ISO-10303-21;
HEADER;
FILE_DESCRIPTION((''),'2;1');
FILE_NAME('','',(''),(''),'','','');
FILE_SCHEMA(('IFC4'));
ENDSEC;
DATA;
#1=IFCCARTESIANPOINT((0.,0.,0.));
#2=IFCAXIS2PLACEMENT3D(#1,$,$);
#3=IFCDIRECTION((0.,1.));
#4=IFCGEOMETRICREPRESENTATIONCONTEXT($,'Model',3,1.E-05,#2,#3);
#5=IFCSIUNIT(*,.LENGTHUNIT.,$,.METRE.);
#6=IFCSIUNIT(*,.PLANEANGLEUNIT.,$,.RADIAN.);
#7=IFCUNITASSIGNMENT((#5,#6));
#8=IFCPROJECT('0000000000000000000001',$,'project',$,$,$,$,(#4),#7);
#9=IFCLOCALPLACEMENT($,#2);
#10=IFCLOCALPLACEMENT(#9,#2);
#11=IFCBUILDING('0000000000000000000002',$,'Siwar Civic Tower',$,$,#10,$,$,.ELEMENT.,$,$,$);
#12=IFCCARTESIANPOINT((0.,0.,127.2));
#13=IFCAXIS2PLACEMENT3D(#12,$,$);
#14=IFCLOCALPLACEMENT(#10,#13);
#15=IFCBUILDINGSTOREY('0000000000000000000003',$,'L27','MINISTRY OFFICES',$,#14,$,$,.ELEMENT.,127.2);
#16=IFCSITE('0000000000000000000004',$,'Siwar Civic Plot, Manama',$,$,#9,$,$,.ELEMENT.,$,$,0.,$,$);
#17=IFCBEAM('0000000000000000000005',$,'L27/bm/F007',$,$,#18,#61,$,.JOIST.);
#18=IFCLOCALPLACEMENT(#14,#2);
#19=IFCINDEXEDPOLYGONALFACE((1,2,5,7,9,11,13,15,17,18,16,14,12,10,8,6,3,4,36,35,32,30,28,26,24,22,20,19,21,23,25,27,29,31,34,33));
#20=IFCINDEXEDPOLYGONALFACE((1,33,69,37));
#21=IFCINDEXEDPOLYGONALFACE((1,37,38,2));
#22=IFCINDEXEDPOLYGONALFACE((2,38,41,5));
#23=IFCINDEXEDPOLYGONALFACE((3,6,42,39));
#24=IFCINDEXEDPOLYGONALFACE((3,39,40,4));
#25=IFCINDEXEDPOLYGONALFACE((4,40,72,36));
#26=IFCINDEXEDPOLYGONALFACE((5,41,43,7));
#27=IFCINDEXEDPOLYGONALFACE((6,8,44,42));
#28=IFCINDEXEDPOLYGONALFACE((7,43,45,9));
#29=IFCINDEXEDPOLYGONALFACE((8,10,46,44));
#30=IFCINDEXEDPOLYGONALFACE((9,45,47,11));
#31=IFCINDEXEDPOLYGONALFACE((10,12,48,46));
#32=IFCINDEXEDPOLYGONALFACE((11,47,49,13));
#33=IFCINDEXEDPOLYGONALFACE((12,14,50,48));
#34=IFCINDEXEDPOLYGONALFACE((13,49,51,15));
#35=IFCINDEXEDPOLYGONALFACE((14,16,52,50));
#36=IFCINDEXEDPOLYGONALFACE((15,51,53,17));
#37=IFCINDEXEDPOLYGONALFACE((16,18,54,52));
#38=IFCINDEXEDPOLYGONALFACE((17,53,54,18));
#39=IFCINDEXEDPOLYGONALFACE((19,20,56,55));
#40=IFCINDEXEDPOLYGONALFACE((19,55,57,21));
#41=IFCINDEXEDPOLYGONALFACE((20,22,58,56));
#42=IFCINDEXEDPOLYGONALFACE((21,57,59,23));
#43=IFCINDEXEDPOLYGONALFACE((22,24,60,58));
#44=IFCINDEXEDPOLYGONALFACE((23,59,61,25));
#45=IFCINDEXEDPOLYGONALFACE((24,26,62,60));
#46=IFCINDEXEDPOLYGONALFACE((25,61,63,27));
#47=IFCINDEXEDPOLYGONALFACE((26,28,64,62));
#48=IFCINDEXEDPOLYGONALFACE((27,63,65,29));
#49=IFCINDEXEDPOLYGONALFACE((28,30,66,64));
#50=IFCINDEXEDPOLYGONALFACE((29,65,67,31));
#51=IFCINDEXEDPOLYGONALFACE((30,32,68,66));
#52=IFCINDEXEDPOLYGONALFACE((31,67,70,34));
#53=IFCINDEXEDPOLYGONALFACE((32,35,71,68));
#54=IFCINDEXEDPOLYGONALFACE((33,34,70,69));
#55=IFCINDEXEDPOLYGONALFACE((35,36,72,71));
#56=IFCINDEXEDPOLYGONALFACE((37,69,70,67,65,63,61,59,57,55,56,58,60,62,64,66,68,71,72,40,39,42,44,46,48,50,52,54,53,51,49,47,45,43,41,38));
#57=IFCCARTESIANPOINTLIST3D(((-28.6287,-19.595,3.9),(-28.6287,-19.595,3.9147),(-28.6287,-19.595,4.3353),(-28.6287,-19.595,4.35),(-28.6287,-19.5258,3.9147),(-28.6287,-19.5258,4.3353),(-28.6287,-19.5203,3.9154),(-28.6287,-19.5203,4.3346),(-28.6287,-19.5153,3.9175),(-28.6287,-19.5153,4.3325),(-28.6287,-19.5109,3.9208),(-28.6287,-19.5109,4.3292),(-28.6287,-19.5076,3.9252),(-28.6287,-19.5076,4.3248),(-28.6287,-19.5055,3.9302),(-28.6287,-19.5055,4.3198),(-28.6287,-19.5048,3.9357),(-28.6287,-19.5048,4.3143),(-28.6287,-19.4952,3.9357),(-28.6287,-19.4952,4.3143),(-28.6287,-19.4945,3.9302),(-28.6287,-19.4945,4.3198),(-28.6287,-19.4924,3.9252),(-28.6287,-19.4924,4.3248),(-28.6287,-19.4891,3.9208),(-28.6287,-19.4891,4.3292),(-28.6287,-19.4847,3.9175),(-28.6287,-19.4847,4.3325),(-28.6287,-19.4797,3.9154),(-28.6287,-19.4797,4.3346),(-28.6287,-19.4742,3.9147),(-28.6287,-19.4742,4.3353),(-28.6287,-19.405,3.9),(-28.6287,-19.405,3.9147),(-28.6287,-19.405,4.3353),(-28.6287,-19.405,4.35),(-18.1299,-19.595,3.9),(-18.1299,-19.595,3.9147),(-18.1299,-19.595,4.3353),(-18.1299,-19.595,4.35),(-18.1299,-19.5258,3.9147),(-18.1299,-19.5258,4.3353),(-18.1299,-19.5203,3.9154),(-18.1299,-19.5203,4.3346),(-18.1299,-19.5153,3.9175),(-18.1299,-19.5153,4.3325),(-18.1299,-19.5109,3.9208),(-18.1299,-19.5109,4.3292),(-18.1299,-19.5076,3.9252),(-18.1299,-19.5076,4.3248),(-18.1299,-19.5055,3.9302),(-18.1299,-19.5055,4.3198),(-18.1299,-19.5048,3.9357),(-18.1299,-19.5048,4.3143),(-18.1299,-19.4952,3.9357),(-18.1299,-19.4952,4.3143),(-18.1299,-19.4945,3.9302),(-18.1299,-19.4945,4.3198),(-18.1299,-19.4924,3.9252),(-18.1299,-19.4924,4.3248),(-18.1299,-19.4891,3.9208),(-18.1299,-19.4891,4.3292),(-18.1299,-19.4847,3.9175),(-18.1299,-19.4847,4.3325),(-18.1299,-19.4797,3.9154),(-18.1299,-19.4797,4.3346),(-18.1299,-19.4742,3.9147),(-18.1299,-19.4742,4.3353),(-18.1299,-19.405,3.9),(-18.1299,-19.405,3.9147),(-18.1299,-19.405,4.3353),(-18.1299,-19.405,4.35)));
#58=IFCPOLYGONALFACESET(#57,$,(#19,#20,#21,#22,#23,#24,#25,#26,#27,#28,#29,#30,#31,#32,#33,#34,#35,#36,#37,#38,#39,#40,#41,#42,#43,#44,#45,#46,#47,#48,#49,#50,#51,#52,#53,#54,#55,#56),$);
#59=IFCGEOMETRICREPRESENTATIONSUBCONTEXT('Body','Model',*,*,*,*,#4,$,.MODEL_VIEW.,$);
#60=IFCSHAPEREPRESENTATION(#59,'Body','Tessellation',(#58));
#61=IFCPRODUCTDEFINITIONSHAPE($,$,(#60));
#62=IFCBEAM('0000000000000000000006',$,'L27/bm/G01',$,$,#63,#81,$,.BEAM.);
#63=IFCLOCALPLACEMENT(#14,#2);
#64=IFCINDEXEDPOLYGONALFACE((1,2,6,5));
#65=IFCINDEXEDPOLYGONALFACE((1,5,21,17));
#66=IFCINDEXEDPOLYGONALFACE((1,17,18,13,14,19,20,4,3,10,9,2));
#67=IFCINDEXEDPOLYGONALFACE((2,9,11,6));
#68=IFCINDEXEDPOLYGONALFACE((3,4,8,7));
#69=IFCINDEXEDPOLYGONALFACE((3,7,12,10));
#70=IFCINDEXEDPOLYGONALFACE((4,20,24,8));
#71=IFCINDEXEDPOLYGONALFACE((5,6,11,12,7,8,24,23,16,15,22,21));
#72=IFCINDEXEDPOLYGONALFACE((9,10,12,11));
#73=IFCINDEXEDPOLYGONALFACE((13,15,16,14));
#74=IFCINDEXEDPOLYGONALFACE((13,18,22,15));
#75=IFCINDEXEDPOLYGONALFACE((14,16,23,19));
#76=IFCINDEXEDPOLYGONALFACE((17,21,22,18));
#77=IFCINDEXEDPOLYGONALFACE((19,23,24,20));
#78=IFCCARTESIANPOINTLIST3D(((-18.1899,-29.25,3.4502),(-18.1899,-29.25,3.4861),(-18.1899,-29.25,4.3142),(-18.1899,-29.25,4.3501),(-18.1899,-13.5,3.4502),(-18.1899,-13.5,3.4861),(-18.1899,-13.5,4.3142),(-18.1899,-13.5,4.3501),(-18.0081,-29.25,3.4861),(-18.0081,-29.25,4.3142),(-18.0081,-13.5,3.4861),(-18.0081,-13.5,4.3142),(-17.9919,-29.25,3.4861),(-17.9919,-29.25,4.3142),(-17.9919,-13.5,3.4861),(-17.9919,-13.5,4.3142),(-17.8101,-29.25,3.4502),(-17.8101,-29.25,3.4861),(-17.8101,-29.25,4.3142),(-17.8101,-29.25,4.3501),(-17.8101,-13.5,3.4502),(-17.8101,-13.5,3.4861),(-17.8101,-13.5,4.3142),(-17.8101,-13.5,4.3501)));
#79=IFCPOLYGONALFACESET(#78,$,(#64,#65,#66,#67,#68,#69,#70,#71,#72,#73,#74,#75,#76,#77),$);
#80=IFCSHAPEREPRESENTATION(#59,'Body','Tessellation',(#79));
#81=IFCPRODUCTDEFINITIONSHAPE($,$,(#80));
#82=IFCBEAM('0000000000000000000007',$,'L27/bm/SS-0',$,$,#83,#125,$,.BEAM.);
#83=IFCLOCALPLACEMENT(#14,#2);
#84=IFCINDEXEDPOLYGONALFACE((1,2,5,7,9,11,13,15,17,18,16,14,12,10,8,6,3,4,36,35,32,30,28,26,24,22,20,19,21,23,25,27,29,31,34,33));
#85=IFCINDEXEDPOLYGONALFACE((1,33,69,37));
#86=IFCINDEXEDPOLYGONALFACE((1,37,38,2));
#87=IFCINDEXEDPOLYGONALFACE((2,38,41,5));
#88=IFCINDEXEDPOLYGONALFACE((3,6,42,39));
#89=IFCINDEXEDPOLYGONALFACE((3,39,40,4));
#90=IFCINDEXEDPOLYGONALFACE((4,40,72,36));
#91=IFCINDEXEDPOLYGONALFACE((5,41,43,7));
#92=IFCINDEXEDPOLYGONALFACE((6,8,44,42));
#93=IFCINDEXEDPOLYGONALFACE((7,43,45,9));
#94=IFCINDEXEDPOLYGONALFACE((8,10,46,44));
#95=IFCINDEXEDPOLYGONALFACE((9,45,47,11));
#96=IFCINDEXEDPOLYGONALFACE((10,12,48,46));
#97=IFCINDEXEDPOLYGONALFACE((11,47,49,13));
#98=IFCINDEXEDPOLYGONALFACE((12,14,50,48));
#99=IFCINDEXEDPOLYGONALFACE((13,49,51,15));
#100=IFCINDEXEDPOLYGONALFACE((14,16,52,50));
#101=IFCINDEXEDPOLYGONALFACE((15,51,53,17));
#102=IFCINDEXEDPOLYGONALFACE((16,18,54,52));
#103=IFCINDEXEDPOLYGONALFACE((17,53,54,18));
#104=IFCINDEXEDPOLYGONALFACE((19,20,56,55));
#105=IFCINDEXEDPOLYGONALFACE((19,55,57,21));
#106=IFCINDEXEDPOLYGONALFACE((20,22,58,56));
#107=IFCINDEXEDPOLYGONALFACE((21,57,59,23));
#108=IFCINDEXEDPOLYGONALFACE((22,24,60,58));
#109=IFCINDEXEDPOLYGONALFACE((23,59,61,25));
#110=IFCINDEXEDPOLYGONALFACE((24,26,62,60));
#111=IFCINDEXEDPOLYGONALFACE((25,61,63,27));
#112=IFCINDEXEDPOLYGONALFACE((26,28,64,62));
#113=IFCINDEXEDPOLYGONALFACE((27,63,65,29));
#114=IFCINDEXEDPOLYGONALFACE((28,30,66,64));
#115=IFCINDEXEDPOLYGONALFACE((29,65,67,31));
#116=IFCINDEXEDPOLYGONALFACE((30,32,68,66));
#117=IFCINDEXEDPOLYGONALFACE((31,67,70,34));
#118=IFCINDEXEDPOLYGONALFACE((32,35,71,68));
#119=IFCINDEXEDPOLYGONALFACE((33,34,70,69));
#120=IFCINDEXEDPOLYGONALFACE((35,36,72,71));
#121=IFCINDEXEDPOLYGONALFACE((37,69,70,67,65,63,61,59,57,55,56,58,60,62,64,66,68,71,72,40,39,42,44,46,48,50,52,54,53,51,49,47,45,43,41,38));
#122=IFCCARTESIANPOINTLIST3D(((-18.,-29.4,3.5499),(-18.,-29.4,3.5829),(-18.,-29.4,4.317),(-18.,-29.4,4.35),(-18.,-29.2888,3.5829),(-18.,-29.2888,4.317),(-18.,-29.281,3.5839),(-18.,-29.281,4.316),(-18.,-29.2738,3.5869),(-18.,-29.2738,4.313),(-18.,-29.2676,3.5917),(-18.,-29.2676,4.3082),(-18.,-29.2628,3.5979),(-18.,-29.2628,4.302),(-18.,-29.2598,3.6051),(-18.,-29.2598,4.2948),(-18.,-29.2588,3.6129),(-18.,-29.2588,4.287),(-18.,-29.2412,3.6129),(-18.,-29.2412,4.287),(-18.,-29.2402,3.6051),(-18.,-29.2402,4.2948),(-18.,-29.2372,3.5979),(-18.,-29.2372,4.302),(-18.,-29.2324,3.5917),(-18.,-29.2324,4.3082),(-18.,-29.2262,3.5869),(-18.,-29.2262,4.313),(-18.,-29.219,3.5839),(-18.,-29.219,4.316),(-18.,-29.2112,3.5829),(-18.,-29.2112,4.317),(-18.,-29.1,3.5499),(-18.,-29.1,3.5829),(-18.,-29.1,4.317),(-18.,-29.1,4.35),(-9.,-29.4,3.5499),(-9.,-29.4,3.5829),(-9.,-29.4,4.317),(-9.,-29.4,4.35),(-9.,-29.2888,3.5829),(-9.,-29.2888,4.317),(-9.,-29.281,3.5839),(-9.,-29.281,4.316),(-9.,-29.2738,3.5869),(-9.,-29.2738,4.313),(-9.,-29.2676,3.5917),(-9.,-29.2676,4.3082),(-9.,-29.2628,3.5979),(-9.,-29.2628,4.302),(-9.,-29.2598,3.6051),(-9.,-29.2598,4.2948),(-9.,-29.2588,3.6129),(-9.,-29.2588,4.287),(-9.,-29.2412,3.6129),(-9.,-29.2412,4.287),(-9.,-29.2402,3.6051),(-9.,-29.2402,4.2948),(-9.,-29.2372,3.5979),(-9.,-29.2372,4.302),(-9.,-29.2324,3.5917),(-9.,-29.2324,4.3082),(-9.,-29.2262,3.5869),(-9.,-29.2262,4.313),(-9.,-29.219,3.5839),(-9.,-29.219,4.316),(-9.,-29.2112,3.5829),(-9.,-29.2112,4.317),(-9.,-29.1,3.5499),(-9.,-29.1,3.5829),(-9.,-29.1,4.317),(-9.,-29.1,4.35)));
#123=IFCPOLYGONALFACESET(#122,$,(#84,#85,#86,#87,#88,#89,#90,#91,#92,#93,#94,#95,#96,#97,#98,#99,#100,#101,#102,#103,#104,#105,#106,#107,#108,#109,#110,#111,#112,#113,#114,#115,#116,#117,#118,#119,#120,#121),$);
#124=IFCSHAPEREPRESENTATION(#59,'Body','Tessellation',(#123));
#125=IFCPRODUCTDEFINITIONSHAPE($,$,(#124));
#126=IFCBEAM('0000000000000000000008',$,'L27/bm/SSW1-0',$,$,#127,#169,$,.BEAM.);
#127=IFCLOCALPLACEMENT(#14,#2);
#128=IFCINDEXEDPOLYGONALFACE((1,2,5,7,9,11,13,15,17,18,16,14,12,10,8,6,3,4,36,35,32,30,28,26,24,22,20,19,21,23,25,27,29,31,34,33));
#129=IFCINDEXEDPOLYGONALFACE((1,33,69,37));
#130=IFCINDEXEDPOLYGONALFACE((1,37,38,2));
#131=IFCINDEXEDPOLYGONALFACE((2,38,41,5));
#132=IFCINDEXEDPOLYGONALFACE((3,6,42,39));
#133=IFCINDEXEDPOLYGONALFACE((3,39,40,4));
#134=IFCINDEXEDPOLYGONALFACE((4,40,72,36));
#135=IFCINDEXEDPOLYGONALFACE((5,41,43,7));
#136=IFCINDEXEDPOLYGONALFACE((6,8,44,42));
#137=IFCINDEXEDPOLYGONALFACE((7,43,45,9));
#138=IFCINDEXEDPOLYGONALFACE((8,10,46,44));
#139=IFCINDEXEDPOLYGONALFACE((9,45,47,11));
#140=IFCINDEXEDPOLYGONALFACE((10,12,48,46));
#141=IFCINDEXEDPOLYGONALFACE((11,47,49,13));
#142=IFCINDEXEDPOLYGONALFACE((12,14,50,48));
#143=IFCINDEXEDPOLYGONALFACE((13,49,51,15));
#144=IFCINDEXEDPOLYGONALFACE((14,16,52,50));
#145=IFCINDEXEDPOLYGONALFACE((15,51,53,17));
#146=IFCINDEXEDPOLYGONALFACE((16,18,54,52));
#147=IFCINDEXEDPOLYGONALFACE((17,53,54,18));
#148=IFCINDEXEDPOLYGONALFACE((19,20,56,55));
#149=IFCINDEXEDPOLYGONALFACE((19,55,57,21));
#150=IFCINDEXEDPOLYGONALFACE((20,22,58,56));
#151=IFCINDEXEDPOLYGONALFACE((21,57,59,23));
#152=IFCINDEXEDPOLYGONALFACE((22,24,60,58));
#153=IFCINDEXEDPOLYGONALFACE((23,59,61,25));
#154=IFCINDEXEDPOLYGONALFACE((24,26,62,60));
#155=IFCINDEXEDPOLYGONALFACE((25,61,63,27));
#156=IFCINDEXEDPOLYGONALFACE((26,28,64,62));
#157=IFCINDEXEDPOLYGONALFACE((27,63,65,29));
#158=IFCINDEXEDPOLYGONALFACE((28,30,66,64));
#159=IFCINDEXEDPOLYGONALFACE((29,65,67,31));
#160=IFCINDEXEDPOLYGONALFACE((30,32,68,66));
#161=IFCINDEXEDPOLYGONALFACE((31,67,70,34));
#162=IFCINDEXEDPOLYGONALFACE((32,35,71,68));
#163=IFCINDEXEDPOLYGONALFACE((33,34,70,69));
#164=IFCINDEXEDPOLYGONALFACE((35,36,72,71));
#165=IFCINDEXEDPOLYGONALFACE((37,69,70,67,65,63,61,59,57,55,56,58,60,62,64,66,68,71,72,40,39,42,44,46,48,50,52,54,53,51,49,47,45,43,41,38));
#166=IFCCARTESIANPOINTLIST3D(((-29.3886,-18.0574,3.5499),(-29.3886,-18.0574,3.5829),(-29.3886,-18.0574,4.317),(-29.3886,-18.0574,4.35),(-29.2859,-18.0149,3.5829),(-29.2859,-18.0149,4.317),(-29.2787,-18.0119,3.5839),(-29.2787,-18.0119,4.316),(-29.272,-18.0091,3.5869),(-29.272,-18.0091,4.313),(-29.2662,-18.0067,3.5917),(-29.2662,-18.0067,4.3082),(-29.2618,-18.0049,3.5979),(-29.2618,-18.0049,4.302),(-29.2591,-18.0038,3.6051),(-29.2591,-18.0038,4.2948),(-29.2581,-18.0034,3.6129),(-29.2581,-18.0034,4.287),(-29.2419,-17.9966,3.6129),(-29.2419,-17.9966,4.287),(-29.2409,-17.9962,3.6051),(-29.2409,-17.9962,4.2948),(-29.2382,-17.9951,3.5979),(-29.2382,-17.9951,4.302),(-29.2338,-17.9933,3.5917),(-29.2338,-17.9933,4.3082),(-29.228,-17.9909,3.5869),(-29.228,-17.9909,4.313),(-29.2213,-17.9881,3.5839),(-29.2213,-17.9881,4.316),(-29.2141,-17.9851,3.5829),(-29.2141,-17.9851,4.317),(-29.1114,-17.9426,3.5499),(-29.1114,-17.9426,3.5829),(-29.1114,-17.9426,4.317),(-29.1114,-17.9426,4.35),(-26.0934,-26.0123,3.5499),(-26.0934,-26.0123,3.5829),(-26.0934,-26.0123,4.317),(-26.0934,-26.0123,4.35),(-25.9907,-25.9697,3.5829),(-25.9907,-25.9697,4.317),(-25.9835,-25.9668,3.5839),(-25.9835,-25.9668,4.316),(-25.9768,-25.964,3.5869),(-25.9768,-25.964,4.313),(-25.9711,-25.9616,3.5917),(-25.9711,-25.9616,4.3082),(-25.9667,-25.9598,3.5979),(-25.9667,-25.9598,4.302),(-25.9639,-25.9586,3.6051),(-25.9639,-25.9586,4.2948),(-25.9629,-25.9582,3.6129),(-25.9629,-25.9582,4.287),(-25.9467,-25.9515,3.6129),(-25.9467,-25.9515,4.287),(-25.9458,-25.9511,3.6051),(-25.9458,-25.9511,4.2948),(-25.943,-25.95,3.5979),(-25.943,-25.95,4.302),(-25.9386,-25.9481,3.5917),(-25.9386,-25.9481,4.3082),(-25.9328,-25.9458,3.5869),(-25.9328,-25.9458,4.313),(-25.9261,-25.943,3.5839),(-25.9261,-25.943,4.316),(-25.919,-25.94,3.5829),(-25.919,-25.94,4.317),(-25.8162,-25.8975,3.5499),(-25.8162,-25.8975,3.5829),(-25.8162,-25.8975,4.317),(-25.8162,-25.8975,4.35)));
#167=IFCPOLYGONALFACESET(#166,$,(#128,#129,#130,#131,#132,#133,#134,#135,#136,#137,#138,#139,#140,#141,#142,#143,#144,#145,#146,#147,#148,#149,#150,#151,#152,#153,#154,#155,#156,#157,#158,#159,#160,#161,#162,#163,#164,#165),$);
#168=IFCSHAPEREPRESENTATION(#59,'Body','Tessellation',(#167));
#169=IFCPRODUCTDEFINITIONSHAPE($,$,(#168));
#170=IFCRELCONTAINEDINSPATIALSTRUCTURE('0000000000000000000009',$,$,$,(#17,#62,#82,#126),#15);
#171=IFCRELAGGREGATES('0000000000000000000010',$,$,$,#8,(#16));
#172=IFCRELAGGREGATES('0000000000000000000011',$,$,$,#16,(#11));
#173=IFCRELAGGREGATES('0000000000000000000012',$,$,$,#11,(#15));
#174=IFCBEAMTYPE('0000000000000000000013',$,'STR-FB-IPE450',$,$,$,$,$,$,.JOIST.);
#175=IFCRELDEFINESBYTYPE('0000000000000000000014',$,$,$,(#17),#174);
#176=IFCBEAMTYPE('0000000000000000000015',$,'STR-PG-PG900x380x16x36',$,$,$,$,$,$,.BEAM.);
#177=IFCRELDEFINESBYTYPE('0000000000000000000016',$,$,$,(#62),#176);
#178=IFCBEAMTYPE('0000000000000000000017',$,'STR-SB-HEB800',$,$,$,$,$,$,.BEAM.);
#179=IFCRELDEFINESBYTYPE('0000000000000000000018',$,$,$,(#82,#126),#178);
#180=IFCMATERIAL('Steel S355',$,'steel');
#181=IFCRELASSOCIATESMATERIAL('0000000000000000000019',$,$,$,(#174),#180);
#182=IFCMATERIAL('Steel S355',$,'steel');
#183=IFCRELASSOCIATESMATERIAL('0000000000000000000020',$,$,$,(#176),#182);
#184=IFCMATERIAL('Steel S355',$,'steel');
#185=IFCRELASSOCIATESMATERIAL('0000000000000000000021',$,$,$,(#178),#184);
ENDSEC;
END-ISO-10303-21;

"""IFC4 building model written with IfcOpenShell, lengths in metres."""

from ifc_helpers import new_model, si_unit, direction, frame, origin, origin_2d, place, context, subcontext, project, spatial, i_section, extrude, material, material_profile, profile_set, type_object, element, save


model = new_model("IFC4")

# Units and contexts
model_context = context("Model", 3, precision=1e-05, world=origin(), true_north=direction((0.0, 1.0)))
body_context = subcontext(model_context, "Body", "Model", "MODEL_VIEW")
ifc_project = project(units=[si_unit("LENGTHUNIT", "METRE"), si_unit("PLANEANGLEUNIT", "RADIAN")], contexts=[model_context])

# Site, building, storey
site_placement = place(None, origin())
site = spatial("IfcSite", under=ifc_project, at=site_placement, Name="Siwar Civic Plot, Manama", CompositionType="ELEMENT", RefElevation=0.0)
building_placement = place(site_placement, origin())
building = spatial("IfcBuilding", under=site, at=building_placement, Name="Siwar Civic Tower", CompositionType="ELEMENT")
storey_placement = place(building_placement, frame((0.0, 0.0, 127.2)))
storey = spatial("IfcBuildingStorey", under=building, at=storey_placement, Name="L27", Description="MINISTRY OFFICES", CompositionType="ELEMENT", Elevation=127.2)

# Beams
ifc_material_1 = material(Name="Steel S355", Category="steel")
ifc_material_profile_1 = material_profile(ifc_material_1, i_section(OverallWidth=0.1899, OverallDepth=0.45, WebThickness=0.0095, FlangeThickness=0.0146, FilletRadius=0.021, at=origin_2d()), Name="IPE450")
ifc_profile_set_1 = profile_set([ifc_material_profile_1], Name="Steel S355")
beam_type_1 = type_object("IfcBeamType", Name="STR-FB-IPE450", PredefinedType="JOIST", material=ifc_profile_set_1)
beam_1_placement = place(storey_placement, frame((-28.6287, -19.5, 4.125), z_axis=(1.0, 0.0, 0.0), x_axis=(0.0, 1.0, 0.0)))
element("IfcBeam", 1, at=beam_1_placement, inside=storey, type_object=beam_type_1, Name="L27/bm/F007", PredefinedType="JOIST", context=body_context, shape_type="SweptSolid", body=[
    extrude(i_section(OverallWidth=0.1899, OverallDepth=0.45, WebThickness=0.0095, FlangeThickness=0.0146, FilletRadius=0.021, at=origin_2d()), origin(), (0.0, 0.0, 1.0), 10.4988),
])
ifc_material_2 = material(Name="Steel S355", Category="steel")
ifc_material_profile_2 = material_profile(ifc_material_2, i_section(OverallWidth=0.3799, OverallDepth=0.8999, WebThickness=0.0161, FlangeThickness=0.0359, at=origin_2d()), Name="PG900x380x16x36")
ifc_profile_set_2 = profile_set([ifc_material_profile_2], Name="Steel S355")
beam_type_2 = type_object("IfcBeamType", Name="STR-PG-PG900x380x16x36", PredefinedType="BEAM", material=ifc_profile_set_2)
beam_2_placement = place(storey_placement, frame((-18.0, -29.25, 3.9001), z_axis=(0.0, 1.0, 0.0), x_axis=(-1.0, 0.0, 0.0)))
element("IfcBeam", 2, at=beam_2_placement, inside=storey, type_object=beam_type_2, Name="L27/bm/G01", PredefinedType="BEAM", context=body_context, shape_type="SweptSolid", body=[
    extrude(i_section(OverallWidth=0.3799, OverallDepth=0.8999, WebThickness=0.0161, FlangeThickness=0.0359, at=origin_2d()), origin(), (0.0, 0.0, 1.0), 15.75),
])
ifc_material_3 = material(Name="Steel S355", Category="steel")
ifc_material_profile_3 = material_profile(ifc_material_3, i_section(OverallWidth=0.3, OverallDepth=0.8, WebThickness=0.0176, FlangeThickness=0.033, FilletRadius=0.03, at=origin_2d()), Name="HEB800")
ifc_profile_set_3 = profile_set([ifc_material_profile_3], Name="Steel S355")
beam_type_3 = type_object("IfcBeamType", Name="STR-SB-HEB800", PredefinedType="BEAM", material=ifc_profile_set_3)
beam_3_placement = place(storey_placement, frame((-18.0, -29.25, 3.95), z_axis=(1.0, 0.0, 0.0), x_axis=(0.0, 1.0, 0.0)))
element("IfcBeam", 3, at=beam_3_placement, inside=storey, type_object=beam_type_3, Name="L27/bm/SS-0", PredefinedType="BEAM", context=body_context, shape_type="SweptSolid", body=[
    extrude(i_section(OverallWidth=0.3, OverallDepth=0.8, WebThickness=0.0176, FlangeThickness=0.033, FilletRadius=0.03, at=origin_2d()), origin(), (0.0, 0.0, 1.0), 9.0),
])
for number, where, z_axis, x_axis, name in (
    (4, (-29.25, -18.0, 3.95), (0.3827, -0.923873, 0.0), (0.923873, 0.3827, 0.0), "L27/bm/SSW1-0"),
):
    element("IfcBeam", number, at=place(storey_placement, frame(where, z_axis=z_axis, x_axis=x_axis)), inside=storey, type_object=beam_type_3, Name=name, PredefinedType="BEAM", context=body_context, shape_type="SweptSolid", body=[
        extrude(i_section(OverallWidth=0.3, OverallDepth=0.8, WebThickness=0.0176, FlangeThickness=0.033, FilletRadius=0.03, at=origin_2d()), origin(), (0.0, 0.0, 1.0), 8.6104),
    ])

save(model, "model.ifc")
